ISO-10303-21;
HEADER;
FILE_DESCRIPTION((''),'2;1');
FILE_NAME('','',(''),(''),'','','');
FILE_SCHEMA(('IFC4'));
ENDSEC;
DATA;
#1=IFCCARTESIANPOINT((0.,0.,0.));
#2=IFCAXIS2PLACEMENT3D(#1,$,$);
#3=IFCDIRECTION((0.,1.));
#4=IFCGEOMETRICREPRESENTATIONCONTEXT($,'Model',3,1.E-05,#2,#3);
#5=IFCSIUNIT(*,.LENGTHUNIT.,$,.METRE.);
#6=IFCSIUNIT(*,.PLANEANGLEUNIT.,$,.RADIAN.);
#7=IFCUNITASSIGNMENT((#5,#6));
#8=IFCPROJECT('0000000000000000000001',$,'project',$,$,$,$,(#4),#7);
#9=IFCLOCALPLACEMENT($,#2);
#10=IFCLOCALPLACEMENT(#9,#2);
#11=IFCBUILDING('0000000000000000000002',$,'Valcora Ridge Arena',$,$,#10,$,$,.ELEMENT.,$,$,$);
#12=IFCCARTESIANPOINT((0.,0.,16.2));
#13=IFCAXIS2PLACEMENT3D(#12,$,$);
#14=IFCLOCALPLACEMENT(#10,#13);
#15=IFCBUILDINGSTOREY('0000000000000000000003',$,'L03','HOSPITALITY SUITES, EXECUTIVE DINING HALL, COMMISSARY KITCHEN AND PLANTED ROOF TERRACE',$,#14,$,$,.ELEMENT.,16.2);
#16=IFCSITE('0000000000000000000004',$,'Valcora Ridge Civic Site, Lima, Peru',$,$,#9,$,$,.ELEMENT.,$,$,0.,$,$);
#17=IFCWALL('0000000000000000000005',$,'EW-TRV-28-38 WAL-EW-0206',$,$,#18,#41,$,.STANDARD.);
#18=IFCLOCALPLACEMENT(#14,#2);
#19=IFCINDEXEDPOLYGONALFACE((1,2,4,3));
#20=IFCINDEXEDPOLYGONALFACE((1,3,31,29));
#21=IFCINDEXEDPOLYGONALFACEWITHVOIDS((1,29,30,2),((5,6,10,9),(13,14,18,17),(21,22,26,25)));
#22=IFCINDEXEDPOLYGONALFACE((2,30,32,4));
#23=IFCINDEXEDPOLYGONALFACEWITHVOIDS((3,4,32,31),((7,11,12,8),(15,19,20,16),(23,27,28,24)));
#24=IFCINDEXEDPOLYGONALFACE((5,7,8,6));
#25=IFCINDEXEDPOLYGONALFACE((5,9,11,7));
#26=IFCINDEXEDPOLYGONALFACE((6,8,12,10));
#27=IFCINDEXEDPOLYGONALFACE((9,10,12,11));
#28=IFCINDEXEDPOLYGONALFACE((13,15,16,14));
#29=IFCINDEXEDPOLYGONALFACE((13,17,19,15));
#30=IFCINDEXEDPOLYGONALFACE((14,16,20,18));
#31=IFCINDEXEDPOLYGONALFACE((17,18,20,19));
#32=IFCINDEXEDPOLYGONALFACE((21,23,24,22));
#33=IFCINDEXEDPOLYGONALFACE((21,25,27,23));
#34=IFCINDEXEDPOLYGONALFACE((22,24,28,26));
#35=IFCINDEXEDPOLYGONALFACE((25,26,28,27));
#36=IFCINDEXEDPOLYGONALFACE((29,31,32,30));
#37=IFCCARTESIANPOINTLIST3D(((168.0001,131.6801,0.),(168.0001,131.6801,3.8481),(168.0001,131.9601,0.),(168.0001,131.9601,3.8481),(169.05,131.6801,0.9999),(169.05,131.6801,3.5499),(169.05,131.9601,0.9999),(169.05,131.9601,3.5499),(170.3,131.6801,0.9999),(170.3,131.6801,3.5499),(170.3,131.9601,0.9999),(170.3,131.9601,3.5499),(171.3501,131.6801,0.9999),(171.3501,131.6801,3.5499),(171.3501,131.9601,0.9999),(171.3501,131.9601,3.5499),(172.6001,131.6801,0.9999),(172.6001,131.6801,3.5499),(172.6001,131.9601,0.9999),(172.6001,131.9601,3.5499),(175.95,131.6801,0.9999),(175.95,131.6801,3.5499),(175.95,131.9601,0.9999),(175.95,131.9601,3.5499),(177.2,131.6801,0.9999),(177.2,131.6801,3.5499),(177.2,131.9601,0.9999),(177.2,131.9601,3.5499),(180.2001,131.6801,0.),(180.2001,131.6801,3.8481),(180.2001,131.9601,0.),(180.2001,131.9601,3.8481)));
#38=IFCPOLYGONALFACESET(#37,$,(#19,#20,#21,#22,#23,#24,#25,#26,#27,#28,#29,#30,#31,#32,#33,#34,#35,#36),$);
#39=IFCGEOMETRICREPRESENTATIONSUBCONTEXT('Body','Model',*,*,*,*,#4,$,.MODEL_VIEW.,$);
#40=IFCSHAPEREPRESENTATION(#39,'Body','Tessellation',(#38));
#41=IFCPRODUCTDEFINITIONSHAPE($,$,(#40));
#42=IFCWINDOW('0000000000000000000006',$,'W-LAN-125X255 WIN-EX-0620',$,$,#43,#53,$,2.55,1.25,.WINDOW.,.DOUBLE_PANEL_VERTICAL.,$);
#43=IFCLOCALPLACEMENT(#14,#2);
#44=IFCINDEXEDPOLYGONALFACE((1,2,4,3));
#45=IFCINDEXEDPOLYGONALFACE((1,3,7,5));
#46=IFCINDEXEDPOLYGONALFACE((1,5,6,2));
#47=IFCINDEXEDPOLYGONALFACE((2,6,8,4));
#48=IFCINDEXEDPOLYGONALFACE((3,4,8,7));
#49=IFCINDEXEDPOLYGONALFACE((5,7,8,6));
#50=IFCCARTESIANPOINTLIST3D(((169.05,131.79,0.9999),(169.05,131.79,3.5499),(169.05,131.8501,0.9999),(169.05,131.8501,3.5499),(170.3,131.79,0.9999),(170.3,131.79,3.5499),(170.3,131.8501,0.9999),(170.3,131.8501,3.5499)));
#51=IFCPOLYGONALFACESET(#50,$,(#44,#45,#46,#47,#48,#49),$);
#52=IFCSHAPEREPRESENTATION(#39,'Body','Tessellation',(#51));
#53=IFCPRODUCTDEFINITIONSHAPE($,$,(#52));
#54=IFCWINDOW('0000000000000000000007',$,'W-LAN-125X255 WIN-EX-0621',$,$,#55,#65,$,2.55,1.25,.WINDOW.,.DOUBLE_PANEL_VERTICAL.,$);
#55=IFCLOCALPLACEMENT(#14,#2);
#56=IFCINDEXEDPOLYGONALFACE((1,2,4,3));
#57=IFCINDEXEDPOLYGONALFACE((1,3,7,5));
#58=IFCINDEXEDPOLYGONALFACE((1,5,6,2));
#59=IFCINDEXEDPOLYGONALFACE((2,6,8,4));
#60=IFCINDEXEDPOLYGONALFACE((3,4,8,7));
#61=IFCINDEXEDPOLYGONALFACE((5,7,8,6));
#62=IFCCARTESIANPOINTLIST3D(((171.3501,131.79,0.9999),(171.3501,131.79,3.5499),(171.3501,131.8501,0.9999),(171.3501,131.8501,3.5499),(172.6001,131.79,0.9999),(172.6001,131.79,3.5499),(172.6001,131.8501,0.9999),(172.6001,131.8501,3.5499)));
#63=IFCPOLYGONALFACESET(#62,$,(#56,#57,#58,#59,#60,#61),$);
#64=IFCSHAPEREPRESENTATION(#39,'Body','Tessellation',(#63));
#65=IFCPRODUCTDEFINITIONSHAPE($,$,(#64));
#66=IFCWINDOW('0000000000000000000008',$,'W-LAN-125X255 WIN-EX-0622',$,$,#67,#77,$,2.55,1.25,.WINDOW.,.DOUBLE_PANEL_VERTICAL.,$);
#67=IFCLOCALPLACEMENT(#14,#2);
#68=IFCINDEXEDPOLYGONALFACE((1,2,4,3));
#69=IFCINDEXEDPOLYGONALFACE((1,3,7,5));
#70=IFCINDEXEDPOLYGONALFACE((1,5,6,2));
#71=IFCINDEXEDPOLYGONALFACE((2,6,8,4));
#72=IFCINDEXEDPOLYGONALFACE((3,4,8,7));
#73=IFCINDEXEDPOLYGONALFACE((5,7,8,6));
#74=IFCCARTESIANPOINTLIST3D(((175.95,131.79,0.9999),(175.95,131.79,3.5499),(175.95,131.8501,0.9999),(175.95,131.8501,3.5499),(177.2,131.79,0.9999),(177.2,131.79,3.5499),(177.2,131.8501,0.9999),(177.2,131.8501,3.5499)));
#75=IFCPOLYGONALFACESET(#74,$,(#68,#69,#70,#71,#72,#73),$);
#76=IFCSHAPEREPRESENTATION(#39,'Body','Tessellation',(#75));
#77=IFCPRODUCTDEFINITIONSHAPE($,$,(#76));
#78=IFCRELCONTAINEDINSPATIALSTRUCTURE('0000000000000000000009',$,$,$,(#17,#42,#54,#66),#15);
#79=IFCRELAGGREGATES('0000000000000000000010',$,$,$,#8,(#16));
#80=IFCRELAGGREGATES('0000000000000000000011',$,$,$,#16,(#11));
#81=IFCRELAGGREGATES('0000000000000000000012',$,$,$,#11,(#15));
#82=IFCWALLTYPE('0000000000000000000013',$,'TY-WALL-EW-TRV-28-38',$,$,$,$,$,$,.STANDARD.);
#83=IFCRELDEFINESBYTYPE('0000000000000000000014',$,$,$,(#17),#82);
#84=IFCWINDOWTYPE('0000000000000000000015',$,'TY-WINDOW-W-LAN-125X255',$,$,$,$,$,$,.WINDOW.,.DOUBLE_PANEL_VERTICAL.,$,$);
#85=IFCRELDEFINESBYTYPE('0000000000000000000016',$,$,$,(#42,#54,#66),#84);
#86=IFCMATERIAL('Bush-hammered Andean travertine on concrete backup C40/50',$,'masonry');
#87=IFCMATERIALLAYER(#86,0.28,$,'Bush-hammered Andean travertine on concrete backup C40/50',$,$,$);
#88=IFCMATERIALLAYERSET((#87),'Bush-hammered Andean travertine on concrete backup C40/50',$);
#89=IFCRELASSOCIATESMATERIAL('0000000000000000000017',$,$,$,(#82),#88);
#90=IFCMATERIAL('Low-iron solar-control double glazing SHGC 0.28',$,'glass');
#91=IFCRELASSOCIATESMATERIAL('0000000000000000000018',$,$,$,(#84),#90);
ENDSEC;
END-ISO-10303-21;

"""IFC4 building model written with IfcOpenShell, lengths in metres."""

from ifc_helpers import new_model, si_unit, direction, frame, frame_2d, origin, place, context, subcontext, project, spatial, rectangle, extrude, material, layer, layer_set, type_object, element, fill, save


model = new_model("IFC4")

# Units and contexts
model_context = context("Model", 3, precision=1e-05, world=origin(), true_north=direction((0.0, 1.0)))
body_context = subcontext(model_context, "Body", "Model", "MODEL_VIEW")
ifc_project = project(units=[si_unit("LENGTHUNIT", "METRE"), si_unit("PLANEANGLEUNIT", "RADIAN")], contexts=[model_context])

# Site, building, storey
site_placement = place(None, origin())
site = spatial("IfcSite", under=ifc_project, at=site_placement, Name="Valcora Ridge Civic Site, Lima, Peru", CompositionType="ELEMENT", RefElevation=0.0)
building_placement = place(site_placement, origin())
building = spatial("IfcBuilding", under=site, at=building_placement, Name="Valcora Ridge Arena", CompositionType="ELEMENT")
storey_placement = place(building_placement, frame((0.0, 0.0, 16.2)))
storey = spatial("IfcBuildingStorey", under=building, at=storey_placement, Name="L03", Description="HOSPITALITY SUITES, EXECUTIVE DINING HALL, COMMISSARY KITCHEN AND PLANTED ROOF TERRACE", CompositionType="ELEMENT", Elevation=16.2)

# Wall, openings, windows
ifc_material_1 = material(Name="Bush-hammered Andean travertine on concrete backup C40/50", Category="masonry")
ifc_layer = layer(ifc_material_1, 0.28, Name="Bush-hammered Andean travertine on concrete backup C40/50")
ifc_layer_set = layer_set([ifc_layer], Name="Bush-hammered Andean travertine on concrete backup C40/50")
wall_type = type_object("IfcWallType", Name="TY-WALL-EW-TRV-28-38", PredefinedType="STANDARD", material=ifc_layer_set)
wall_placement = place(storey_placement, frame((168.0, 131.8201, 0.0), z_axis=(0.0, 0.0, 1.0), x_axis=(1.0, 0.0, 0.0)))
wall = element("IfcWall", 1, at=wall_placement, inside=storey, type_object=wall_type, Name="EW-TRV-28-38 WAL-EW-0206", PredefinedType="STANDARD", context=body_context, shape_type="SweptSolid", body=[
    extrude(rectangle(XDim=12.2, YDim=0.28, at=frame_2d((6.1001, 0.0))), origin(), (0.0, 0.0, 1.0), 3.8481),
])
opening_1_placement = place(wall_placement, frame((1.05, 0.0, 1.0)))
opening_1 = element("IfcOpeningElement", 2, at=opening_1_placement, cuts=wall, PredefinedType="OPENING", context=body_context, shape_type="SweptSolid", body=[
    extrude(rectangle(XDim=1.25, YDim=2.55, at=frame_2d((0.625, 1.2749))), frame((0.0, 0.1499, 0.0), z_axis=(0.0, -1.0, 0.0), x_axis=(1.0, 0.0, 0.0)), (0.0, 0.0, 1.0), 0.3),
])
opening_2_placement = place(wall_placement, frame((3.3501, 0.0, 1.0)))
opening_2 = element("IfcOpeningElement", 3, at=opening_2_placement, cuts=wall, PredefinedType="OPENING", context=body_context, shape_type="SweptSolid", body=[
    extrude(rectangle(XDim=1.25, YDim=2.55, at=frame_2d((0.625, 1.2749))), frame((0.0, 0.1499, 0.0), z_axis=(0.0, -1.0, 0.0), x_axis=(1.0, 0.0, 0.0)), (0.0, 0.0, 1.0), 0.3),
])
opening_3_placement = place(wall_placement, frame((7.95, 0.0, 1.0)))
opening_3 = element("IfcOpeningElement", 4, at=opening_3_placement, cuts=wall, PredefinedType="OPENING", context=body_context, shape_type="SweptSolid", body=[
    extrude(rectangle(XDim=1.25, YDim=2.55, at=frame_2d((0.625, 1.2749))), frame((0.0, 0.1499, 0.0), z_axis=(0.0, -1.0, 0.0), x_axis=(1.0, 0.0, 0.0)), (0.0, 0.0, 1.0), 0.3),
])
ifc_material_2 = material(Name="Low-iron solar-control double glazing SHGC 0.28", Category="glass")
window_type = type_object("IfcWindowType", Name="TY-WINDOW-W-LAN-125X255", PartitioningType="DOUBLE_PANEL_VERTICAL", PredefinedType="WINDOW", material=ifc_material_2)
window_1_placement = place(opening_1_placement, origin())
window_1 = element("IfcWindow", 5, at=window_1_placement, inside=storey, type_object=window_type, Name="W-LAN-125X255 WIN-EX-0620", OverallHeight=2.55, OverallWidth=1.25, PartitioningType="DOUBLE_PANEL_VERTICAL", PredefinedType="WINDOW", context=body_context, shape_type="SweptSolid", body=[
    extrude(rectangle(XDim=1.25, YDim=2.55, at=frame_2d((0.625, 1.2749))), frame((0.0, 0.03, 0.0), z_axis=(0.0, -1.0, 0.0), x_axis=(1.0, 0.0, 0.0)), (0.0, 0.0, 1.0), 0.0601),
])
fill(opening_1, window_1)
window_2_placement = place(opening_2_placement, origin())
window_2 = element("IfcWindow", 6, at=window_2_placement, inside=storey, type_object=window_type, Name="W-LAN-125X255 WIN-EX-0621", OverallHeight=2.55, OverallWidth=1.25, PartitioningType="DOUBLE_PANEL_VERTICAL", PredefinedType="WINDOW", context=body_context, shape_type="SweptSolid", body=[
    extrude(rectangle(XDim=1.25, YDim=2.55, at=frame_2d((0.625, 1.2749))), frame((0.0, 0.03, 0.0), z_axis=(0.0, -1.0, 0.0), x_axis=(1.0, 0.0, 0.0)), (0.0, 0.0, 1.0), 0.0601),
])
fill(opening_2, window_2)
window_3_placement = place(opening_3_placement, origin())
window_3 = element("IfcWindow", 7, at=window_3_placement, inside=storey, type_object=window_type, Name="W-LAN-125X255 WIN-EX-0622", OverallHeight=2.55, OverallWidth=1.25, PartitioningType="DOUBLE_PANEL_VERTICAL", PredefinedType="WINDOW", context=body_context, shape_type="SweptSolid", body=[
    extrude(rectangle(XDim=1.25, YDim=2.55, at=frame_2d((0.625, 1.2749))), frame((0.0, 0.03, 0.0), z_axis=(0.0, -1.0, 0.0), x_axis=(1.0, 0.0, 0.0)), (0.0, 0.0, 1.0), 0.0601),
])
fill(opening_3, window_3)

save(model, "model.ifc")
